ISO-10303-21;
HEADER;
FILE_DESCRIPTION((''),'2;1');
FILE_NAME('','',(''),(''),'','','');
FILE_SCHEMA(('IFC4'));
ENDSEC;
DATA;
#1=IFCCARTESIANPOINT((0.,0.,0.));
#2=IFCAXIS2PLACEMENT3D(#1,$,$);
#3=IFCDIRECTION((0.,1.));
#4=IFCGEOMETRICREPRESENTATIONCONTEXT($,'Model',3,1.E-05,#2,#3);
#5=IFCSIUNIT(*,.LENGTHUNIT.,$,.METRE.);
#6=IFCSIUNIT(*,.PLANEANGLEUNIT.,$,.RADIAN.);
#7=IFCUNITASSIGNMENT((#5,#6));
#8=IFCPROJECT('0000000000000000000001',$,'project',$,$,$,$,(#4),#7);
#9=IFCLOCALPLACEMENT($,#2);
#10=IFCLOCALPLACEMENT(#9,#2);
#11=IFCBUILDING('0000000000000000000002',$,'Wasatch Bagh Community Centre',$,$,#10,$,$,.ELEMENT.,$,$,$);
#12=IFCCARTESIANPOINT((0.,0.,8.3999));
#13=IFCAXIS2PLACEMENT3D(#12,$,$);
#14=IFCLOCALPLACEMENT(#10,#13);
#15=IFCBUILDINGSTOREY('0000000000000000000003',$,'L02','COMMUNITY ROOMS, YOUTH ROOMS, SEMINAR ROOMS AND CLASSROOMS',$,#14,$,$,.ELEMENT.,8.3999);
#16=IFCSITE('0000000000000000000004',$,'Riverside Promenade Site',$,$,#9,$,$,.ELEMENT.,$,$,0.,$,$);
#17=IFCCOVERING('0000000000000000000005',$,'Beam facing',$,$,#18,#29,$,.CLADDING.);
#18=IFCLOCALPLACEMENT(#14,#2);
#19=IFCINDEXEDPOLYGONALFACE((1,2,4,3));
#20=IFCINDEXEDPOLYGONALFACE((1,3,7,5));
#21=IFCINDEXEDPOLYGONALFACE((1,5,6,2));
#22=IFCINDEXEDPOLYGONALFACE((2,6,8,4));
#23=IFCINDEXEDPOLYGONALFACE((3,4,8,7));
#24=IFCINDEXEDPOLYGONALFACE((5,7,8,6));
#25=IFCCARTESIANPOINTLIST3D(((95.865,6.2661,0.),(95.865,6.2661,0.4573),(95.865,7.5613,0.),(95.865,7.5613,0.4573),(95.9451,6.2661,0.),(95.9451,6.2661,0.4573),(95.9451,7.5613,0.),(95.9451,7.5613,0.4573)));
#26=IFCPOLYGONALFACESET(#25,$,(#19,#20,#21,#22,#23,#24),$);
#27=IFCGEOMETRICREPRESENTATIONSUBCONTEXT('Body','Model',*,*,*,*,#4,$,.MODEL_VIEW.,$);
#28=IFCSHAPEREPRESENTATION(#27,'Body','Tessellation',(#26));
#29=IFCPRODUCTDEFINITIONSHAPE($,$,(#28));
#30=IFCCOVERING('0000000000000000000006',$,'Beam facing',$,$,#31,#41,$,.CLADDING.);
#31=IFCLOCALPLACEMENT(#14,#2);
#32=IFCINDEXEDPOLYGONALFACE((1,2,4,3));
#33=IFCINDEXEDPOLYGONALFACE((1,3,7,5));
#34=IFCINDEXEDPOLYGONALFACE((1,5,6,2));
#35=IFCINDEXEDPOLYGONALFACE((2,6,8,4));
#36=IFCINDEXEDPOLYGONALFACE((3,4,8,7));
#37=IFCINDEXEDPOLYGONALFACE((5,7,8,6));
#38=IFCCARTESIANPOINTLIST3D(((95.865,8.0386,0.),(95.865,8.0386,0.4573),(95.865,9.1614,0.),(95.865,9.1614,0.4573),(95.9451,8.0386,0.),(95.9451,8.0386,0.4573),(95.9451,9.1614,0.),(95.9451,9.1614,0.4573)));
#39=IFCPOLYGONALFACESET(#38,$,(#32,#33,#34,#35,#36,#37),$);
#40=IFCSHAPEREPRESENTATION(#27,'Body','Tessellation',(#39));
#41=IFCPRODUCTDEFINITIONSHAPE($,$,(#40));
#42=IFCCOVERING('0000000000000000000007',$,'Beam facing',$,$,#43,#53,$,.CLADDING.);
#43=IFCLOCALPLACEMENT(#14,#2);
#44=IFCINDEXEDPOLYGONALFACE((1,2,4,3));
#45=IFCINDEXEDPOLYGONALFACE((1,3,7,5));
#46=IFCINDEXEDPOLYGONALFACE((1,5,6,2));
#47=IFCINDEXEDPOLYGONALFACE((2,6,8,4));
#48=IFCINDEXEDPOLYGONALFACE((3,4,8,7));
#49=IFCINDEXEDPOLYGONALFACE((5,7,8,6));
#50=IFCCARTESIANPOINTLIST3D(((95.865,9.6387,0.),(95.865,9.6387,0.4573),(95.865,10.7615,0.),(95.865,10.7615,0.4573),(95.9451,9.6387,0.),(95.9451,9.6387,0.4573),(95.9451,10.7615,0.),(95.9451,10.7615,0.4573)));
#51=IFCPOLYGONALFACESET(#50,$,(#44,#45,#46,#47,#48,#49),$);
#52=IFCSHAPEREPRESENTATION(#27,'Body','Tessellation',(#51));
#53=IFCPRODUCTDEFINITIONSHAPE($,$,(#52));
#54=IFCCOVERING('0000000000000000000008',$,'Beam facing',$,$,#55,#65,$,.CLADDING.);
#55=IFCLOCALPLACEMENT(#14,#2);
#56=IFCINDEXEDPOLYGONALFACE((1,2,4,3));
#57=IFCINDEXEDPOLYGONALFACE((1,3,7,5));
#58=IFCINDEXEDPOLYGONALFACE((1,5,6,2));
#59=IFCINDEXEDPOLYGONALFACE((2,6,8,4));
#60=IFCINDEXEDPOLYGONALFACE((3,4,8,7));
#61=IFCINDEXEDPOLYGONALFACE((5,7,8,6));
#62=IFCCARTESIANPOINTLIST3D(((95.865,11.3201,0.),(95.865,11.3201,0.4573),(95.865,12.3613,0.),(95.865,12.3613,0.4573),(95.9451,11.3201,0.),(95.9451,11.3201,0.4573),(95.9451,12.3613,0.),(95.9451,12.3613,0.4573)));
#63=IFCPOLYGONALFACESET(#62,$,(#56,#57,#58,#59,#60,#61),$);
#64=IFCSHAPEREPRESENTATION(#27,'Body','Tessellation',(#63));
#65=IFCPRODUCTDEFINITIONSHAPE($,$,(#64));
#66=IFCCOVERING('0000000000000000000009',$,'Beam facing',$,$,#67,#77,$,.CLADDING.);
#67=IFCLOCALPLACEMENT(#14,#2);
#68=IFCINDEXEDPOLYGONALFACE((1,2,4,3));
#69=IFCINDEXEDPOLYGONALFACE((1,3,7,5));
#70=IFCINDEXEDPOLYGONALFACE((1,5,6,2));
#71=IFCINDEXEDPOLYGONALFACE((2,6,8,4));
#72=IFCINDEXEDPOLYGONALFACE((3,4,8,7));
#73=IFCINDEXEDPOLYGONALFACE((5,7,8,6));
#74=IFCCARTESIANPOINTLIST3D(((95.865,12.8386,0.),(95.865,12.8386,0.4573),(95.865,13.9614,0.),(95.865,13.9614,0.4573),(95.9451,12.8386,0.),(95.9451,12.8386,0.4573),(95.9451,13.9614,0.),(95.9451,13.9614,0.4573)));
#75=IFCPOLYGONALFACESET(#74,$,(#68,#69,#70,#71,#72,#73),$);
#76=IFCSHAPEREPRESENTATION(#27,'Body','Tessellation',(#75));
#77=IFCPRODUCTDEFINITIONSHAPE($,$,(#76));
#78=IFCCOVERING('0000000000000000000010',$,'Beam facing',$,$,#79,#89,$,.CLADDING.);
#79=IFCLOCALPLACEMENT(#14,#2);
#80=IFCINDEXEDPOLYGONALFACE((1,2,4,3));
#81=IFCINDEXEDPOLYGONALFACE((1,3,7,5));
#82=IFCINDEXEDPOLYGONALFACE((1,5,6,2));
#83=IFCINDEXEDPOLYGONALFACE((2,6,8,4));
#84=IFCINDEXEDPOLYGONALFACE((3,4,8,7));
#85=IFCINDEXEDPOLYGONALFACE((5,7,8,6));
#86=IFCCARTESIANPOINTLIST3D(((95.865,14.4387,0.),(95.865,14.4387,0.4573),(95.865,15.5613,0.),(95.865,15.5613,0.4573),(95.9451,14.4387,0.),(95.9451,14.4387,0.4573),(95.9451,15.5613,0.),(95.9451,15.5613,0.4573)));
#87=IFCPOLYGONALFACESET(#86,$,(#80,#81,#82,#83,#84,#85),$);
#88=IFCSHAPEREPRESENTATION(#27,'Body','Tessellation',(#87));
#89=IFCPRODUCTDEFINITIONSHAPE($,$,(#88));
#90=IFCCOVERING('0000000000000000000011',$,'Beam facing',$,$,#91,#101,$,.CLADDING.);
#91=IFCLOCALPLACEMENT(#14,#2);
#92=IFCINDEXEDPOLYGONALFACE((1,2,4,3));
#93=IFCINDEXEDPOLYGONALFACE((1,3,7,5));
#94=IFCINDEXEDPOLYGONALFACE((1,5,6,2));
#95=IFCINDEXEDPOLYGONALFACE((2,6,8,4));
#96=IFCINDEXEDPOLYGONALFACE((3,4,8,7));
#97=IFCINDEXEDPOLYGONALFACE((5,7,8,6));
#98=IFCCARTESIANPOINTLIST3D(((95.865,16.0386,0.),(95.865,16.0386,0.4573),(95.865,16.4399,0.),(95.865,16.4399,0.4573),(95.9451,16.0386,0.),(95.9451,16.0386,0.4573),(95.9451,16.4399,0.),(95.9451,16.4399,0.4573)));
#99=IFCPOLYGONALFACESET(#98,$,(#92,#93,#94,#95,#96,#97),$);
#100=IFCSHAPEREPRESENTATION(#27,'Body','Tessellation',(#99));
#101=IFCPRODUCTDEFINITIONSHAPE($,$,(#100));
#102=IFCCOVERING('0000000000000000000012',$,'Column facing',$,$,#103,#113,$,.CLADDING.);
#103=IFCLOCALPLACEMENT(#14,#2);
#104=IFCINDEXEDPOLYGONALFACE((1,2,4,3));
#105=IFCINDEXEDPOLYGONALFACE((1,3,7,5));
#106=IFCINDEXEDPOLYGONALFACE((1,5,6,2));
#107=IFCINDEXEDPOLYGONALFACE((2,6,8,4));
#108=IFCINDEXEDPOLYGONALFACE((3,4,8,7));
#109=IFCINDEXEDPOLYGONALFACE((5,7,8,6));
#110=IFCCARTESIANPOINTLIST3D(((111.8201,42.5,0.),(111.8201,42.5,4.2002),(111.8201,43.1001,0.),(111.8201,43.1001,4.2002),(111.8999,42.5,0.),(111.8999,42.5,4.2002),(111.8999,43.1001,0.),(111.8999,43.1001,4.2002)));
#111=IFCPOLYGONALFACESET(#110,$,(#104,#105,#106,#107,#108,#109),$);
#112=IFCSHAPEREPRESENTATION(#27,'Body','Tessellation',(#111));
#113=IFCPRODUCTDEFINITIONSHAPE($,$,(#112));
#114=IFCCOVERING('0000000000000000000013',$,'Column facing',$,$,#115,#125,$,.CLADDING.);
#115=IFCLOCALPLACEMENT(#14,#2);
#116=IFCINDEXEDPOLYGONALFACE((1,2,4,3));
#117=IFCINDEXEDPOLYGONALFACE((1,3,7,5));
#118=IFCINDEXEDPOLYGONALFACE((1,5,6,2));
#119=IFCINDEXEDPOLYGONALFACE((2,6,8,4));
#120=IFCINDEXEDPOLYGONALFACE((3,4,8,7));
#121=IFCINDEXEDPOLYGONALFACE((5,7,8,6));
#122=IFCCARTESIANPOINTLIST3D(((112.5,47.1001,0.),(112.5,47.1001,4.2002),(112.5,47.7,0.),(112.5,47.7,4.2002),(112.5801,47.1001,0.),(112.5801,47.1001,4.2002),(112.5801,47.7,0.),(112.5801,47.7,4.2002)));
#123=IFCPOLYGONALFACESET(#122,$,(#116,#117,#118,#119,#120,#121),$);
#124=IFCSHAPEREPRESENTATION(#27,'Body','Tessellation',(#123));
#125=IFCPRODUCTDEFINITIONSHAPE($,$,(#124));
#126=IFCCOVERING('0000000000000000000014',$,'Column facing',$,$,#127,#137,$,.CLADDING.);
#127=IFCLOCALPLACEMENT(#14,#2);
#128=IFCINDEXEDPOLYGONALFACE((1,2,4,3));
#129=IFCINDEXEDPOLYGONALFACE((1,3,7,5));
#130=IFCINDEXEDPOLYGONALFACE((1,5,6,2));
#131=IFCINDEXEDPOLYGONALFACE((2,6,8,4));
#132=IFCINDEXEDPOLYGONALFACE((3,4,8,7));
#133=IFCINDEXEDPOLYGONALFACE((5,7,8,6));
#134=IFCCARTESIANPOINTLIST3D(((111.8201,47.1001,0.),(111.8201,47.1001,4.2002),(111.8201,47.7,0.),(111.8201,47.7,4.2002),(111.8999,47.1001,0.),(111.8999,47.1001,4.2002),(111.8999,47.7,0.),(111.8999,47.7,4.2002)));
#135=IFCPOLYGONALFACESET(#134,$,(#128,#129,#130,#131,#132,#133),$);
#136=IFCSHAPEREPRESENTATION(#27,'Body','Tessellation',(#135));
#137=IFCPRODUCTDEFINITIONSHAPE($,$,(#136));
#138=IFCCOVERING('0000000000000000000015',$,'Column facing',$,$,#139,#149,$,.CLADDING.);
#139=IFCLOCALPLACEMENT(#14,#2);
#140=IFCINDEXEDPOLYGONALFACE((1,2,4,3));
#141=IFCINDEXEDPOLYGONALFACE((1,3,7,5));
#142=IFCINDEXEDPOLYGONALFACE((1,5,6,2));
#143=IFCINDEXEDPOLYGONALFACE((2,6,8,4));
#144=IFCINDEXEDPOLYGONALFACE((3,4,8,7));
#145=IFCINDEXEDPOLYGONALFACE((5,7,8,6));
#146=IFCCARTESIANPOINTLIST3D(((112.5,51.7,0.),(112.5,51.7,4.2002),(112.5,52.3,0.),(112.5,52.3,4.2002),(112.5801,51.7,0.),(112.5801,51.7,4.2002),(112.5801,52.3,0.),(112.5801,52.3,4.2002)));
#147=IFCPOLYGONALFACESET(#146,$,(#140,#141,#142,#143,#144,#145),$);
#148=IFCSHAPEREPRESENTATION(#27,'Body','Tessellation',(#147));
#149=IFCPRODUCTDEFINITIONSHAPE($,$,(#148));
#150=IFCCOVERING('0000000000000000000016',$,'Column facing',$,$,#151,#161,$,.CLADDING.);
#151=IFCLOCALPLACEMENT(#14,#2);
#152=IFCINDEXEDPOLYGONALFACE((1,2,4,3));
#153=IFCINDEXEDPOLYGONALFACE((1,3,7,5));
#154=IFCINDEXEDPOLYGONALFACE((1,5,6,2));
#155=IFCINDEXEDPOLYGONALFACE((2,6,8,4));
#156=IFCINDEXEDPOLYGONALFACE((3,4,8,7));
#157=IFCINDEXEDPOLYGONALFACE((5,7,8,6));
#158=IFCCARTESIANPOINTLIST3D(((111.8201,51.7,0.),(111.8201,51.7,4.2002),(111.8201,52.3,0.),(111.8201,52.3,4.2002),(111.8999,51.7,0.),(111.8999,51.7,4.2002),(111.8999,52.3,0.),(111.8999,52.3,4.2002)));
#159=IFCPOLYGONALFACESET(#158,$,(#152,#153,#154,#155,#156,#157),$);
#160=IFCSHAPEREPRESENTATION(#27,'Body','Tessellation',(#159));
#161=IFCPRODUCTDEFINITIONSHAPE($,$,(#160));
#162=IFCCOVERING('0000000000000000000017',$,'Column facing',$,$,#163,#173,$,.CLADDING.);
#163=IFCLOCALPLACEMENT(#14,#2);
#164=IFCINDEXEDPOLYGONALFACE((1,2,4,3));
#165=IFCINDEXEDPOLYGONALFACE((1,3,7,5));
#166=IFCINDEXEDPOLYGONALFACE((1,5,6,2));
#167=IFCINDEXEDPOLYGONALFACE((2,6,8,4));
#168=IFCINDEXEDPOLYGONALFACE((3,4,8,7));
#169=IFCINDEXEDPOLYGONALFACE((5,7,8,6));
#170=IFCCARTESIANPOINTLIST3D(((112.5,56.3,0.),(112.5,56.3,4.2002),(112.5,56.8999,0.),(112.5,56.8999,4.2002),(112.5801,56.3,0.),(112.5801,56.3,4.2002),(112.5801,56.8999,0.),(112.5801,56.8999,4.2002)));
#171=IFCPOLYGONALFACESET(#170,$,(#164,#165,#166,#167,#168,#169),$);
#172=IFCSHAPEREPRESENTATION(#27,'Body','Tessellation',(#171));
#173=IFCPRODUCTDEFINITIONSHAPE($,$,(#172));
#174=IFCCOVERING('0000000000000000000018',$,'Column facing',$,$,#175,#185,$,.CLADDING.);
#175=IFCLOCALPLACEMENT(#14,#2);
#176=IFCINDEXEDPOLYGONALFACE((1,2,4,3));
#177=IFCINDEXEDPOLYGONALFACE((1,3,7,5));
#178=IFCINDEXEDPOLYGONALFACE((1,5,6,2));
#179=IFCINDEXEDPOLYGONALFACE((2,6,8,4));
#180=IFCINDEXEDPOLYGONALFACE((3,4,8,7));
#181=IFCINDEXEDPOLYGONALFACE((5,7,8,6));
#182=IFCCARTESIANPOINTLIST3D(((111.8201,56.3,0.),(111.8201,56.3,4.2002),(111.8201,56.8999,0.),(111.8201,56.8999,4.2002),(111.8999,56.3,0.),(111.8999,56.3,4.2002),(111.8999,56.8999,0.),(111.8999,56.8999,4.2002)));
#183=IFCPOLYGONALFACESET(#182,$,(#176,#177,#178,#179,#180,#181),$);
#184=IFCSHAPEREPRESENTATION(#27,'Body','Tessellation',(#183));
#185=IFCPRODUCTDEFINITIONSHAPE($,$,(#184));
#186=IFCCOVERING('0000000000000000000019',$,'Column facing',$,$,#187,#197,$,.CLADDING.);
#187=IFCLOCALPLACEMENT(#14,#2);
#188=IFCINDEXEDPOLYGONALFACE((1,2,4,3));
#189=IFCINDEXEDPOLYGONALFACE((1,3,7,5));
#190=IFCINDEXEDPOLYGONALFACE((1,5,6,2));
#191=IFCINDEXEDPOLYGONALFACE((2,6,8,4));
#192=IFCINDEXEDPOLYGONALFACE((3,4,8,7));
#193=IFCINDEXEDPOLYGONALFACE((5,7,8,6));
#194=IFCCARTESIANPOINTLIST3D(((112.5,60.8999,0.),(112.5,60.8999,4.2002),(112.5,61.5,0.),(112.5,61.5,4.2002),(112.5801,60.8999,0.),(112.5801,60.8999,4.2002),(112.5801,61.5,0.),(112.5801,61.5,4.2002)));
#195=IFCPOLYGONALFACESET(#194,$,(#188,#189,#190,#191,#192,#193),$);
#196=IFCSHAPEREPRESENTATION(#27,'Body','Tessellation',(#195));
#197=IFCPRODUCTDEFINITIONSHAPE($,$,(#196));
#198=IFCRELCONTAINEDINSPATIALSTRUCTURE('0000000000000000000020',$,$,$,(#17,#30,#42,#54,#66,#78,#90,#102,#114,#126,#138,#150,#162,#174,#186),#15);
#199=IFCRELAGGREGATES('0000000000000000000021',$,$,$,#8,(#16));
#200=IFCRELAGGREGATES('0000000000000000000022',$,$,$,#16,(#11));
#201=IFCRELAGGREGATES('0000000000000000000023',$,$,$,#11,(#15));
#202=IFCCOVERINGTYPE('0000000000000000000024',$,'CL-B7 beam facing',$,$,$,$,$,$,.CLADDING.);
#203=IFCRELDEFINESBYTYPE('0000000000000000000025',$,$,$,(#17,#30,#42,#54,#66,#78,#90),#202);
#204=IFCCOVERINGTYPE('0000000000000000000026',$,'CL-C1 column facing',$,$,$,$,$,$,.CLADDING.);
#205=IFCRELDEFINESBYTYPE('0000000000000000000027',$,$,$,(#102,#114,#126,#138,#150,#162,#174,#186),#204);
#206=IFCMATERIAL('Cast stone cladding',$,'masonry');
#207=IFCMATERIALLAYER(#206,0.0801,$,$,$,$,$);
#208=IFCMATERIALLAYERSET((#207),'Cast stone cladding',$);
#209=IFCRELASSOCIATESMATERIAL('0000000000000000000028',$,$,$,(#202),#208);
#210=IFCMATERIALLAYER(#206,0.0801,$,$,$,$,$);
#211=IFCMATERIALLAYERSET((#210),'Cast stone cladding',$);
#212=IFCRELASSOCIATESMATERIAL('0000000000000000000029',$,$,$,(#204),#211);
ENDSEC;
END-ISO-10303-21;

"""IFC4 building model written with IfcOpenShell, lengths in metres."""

from ifc_helpers import new_model, si_unit, direction, frame, origin, place, context, subcontext, project, spatial, polyline, outline, extrude, material, layer, layer_set, type_object, element, save


model = new_model("IFC4")

# Units and contexts
model_context = context("Model", 3, precision=1e-05, world=origin(), true_north=direction((0.0, 1.0)))
body_context = subcontext(model_context, "Body", "Model", "MODEL_VIEW")
ifc_project = project(units=[si_unit("LENGTHUNIT", "METRE"), si_unit("PLANEANGLEUNIT", "RADIAN")], contexts=[model_context])

# Site, building, storey
site_placement = place(None, origin())
site = spatial("IfcSite", under=ifc_project, at=site_placement, Name="Riverside Promenade Site", CompositionType="ELEMENT", RefElevation=0.0)
building_placement = place(site_placement, origin())
building = spatial("IfcBuilding", under=site, at=building_placement, Name="Wasatch Bagh Community Centre", CompositionType="ELEMENT")
storey_placement = place(building_placement, frame((0.0, 0.0, 8.3999)))
storey = spatial("IfcBuildingStorey", under=building, at=storey_placement, Name="L02", Description="COMMUNITY ROOMS, YOUTH ROOMS, SEMINAR ROOMS AND CLASSROOMS", CompositionType="ELEMENT", Elevation=8.3999)

# Coverings
ifc_material = material(Name="Cast stone cladding", Category="masonry")
ifc_layer_1 = layer(ifc_material, 0.0801)
ifc_layer_set_1 = layer_set([ifc_layer_1], Name="Cast stone cladding")
covering_type_1 = type_object("IfcCoveringType", Name="CL-B7 beam facing", PredefinedType="CLADDING", material=ifc_layer_set_1)
covering_1_placement = place(storey_placement, origin())
element("IfcCovering", 1, at=covering_1_placement, inside=storey, type_object=covering_type_1, Name="Beam facing", PredefinedType="CLADDING", context=body_context, shape_type="SweptSolid", body=[
    extrude(outline(polyline([(95.865, 6.2661), (95.865, 7.5613), (95.9451, 7.5613), (95.9451, 6.2661), (95.865, 6.2661)])), origin(), (0.0, 0.0, 1.0), 0.4573),
])
covering_2_placement = place(storey_placement, origin())
element("IfcCovering", 2, at=covering_2_placement, inside=storey, type_object=covering_type_1, Name="Beam facing", PredefinedType="CLADDING", context=body_context, shape_type="SweptSolid", body=[
    extrude(outline(polyline([(95.865, 8.0386), (95.865, 9.1614), (95.9451, 9.1614), (95.9451, 8.0386), (95.865, 8.0386)])), origin(), (0.0, 0.0, 1.0), 0.4573),
])
covering_3_placement = place(storey_placement, origin())
element("IfcCovering", 3, at=covering_3_placement, inside=storey, type_object=covering_type_1, Name="Beam facing", PredefinedType="CLADDING", context=body_context, shape_type="SweptSolid", body=[
    extrude(outline(polyline([(95.865, 9.6387), (95.865, 10.7615), (95.9451, 10.7615), (95.9451, 9.6387), (95.865, 9.6387)])), origin(), (0.0, 0.0, 1.0), 0.4573),
])
covering_4_placement = place(storey_placement, origin())
element("IfcCovering", 4, at=covering_4_placement, inside=storey, type_object=covering_type_1, Name="Beam facing", PredefinedType="CLADDING", context=body_context, shape_type="SweptSolid", body=[
    extrude(outline(polyline([(95.865, 11.3201), (95.865, 12.3613), (95.9451, 12.3613), (95.9451, 11.3201), (95.865, 11.3201)])), origin(), (0.0, 0.0, 1.0), 0.4573),
])
covering_5_placement = place(storey_placement, origin())
element("IfcCovering", 5, at=covering_5_placement, inside=storey, type_object=covering_type_1, Name="Beam facing", PredefinedType="CLADDING", context=body_context, shape_type="SweptSolid", body=[
    extrude(outline(polyline([(95.865, 12.8386), (95.865, 13.9614), (95.9451, 13.9614), (95.9451, 12.8386), (95.865, 12.8386)])), origin(), (0.0, 0.0, 1.0), 0.4573),
])
covering_6_placement = place(storey_placement, origin())
element("IfcCovering", 6, at=covering_6_placement, inside=storey, type_object=covering_type_1, Name="Beam facing", PredefinedType="CLADDING", context=body_context, shape_type="SweptSolid", body=[
    extrude(outline(polyline([(95.865, 14.4387), (95.865, 15.5613), (95.9451, 15.5613), (95.9451, 14.4387), (95.865, 14.4387)])), origin(), (0.0, 0.0, 1.0), 0.4573),
])
covering_7_placement = place(storey_placement, origin())
element("IfcCovering", 7, at=covering_7_placement, inside=storey, type_object=covering_type_1, Name="Beam facing", PredefinedType="CLADDING", context=body_context, shape_type="SweptSolid", body=[
    extrude(outline(polyline([(95.865, 16.0386), (95.865, 16.4399), (95.9451, 16.4399), (95.9451, 16.0386), (95.865, 16.0386)])), origin(), (0.0, 0.0, 1.0), 0.4573),
])
ifc_layer_2 = layer(ifc_material, 0.0801)
ifc_layer_set_2 = layer_set([ifc_layer_2], Name="Cast stone cladding")
covering_type_2 = type_object("IfcCoveringType", Name="CL-C1 column facing", PredefinedType="CLADDING", material=ifc_layer_set_2)
covering_8_placement = place(storey_placement, origin())
element("IfcCovering", 8, at=covering_8_placement, inside=storey, type_object=covering_type_2, Name="Column facing", PredefinedType="CLADDING", context=body_context, shape_type="SweptSolid", body=[
    extrude(outline(polyline([(111.8999, 43.1001), (111.8999, 42.5), (111.8201, 42.5), (111.8201, 43.1001), (111.8999, 43.1001)])), origin(), (0.0, 0.0, 1.0), 4.2002),
])
covering_9_placement = place(storey_placement, origin())
element("IfcCovering", 9, at=covering_9_placement, inside=storey, type_object=covering_type_2, Name="Column facing", PredefinedType="CLADDING", context=body_context, shape_type="SweptSolid", body=[
    extrude(outline(polyline([(112.5, 47.7), (112.5801, 47.7), (112.5801, 47.1001), (112.5, 47.1001), (112.5, 47.7)])), origin(), (0.0, 0.0, 1.0), 4.2002),
])
covering_10_placement = place(storey_placement, origin())
element("IfcCovering", 10, at=covering_10_placement, inside=storey, type_object=covering_type_2, Name="Column facing", PredefinedType="CLADDING", context=body_context, shape_type="SweptSolid", body=[
    extrude(outline(polyline([(111.8999, 47.1001), (111.8201, 47.1001), (111.8201, 47.7), (111.8999, 47.7), (111.8999, 47.1001)])), origin(), (0.0, 0.0, 1.0), 4.2002),
])
covering_11_placement = place(storey_placement, origin())
element("IfcCovering", 11, at=covering_11_placement, inside=storey, type_object=covering_type_2, Name="Column facing", PredefinedType="CLADDING", context=body_context, shape_type="SweptSolid", body=[
    extrude(outline(polyline([(112.5, 52.3), (112.5801, 52.3), (112.5801, 51.7), (112.5, 51.7), (112.5, 52.3)])), origin(), (0.0, 0.0, 1.0), 4.2002),
])
covering_12_placement = place(storey_placement, origin())
element("IfcCovering", 12, at=covering_12_placement, inside=storey, type_object=covering_type_2, Name="Column facing", PredefinedType="CLADDING", context=body_context, shape_type="SweptSolid", body=[
    extrude(outline(polyline([(111.8999, 51.7), (111.8201, 51.7), (111.8201, 52.3), (111.8999, 52.3), (111.8999, 51.7)])), origin(), (0.0, 0.0, 1.0), 4.2002),
])
covering_13_placement = place(storey_placement, origin())
element("IfcCovering", 13, at=covering_13_placement, inside=storey, type_object=covering_type_2, Name="Column facing", PredefinedType="CLADDING", context=body_context, shape_type="SweptSolid", body=[
    extrude(outline(polyline([(112.5, 56.8999), (112.5801, 56.8999), (112.5801, 56.3), (112.5, 56.3), (112.5, 56.8999)])), origin(), (0.0, 0.0, 1.0), 4.2002),
])
covering_14_placement = place(storey_placement, origin())
element("IfcCovering", 14, at=covering_14_placement, inside=storey, type_object=covering_type_2, Name="Column facing", PredefinedType="CLADDING", context=body_context, shape_type="SweptSolid", body=[
    extrude(outline(polyline([(111.8999, 56.3), (111.8201, 56.3), (111.8201, 56.8999), (111.8999, 56.8999), (111.8999, 56.3)])), origin(), (0.0, 0.0, 1.0), 4.2002),
])
covering_15_placement = place(storey_placement, origin())
element("IfcCovering", 15, at=covering_15_placement, inside=storey, type_object=covering_type_2, Name="Column facing", PredefinedType="CLADDING", context=body_context, shape_type="SweptSolid", body=[
    extrude(outline(polyline([(112.5, 61.5), (112.5801, 61.5), (112.5801, 60.8999), (112.5, 60.8999), (112.5, 61.5)])), origin(), (0.0, 0.0, 1.0), 4.2002),
])

save(model, "model.ifc")
